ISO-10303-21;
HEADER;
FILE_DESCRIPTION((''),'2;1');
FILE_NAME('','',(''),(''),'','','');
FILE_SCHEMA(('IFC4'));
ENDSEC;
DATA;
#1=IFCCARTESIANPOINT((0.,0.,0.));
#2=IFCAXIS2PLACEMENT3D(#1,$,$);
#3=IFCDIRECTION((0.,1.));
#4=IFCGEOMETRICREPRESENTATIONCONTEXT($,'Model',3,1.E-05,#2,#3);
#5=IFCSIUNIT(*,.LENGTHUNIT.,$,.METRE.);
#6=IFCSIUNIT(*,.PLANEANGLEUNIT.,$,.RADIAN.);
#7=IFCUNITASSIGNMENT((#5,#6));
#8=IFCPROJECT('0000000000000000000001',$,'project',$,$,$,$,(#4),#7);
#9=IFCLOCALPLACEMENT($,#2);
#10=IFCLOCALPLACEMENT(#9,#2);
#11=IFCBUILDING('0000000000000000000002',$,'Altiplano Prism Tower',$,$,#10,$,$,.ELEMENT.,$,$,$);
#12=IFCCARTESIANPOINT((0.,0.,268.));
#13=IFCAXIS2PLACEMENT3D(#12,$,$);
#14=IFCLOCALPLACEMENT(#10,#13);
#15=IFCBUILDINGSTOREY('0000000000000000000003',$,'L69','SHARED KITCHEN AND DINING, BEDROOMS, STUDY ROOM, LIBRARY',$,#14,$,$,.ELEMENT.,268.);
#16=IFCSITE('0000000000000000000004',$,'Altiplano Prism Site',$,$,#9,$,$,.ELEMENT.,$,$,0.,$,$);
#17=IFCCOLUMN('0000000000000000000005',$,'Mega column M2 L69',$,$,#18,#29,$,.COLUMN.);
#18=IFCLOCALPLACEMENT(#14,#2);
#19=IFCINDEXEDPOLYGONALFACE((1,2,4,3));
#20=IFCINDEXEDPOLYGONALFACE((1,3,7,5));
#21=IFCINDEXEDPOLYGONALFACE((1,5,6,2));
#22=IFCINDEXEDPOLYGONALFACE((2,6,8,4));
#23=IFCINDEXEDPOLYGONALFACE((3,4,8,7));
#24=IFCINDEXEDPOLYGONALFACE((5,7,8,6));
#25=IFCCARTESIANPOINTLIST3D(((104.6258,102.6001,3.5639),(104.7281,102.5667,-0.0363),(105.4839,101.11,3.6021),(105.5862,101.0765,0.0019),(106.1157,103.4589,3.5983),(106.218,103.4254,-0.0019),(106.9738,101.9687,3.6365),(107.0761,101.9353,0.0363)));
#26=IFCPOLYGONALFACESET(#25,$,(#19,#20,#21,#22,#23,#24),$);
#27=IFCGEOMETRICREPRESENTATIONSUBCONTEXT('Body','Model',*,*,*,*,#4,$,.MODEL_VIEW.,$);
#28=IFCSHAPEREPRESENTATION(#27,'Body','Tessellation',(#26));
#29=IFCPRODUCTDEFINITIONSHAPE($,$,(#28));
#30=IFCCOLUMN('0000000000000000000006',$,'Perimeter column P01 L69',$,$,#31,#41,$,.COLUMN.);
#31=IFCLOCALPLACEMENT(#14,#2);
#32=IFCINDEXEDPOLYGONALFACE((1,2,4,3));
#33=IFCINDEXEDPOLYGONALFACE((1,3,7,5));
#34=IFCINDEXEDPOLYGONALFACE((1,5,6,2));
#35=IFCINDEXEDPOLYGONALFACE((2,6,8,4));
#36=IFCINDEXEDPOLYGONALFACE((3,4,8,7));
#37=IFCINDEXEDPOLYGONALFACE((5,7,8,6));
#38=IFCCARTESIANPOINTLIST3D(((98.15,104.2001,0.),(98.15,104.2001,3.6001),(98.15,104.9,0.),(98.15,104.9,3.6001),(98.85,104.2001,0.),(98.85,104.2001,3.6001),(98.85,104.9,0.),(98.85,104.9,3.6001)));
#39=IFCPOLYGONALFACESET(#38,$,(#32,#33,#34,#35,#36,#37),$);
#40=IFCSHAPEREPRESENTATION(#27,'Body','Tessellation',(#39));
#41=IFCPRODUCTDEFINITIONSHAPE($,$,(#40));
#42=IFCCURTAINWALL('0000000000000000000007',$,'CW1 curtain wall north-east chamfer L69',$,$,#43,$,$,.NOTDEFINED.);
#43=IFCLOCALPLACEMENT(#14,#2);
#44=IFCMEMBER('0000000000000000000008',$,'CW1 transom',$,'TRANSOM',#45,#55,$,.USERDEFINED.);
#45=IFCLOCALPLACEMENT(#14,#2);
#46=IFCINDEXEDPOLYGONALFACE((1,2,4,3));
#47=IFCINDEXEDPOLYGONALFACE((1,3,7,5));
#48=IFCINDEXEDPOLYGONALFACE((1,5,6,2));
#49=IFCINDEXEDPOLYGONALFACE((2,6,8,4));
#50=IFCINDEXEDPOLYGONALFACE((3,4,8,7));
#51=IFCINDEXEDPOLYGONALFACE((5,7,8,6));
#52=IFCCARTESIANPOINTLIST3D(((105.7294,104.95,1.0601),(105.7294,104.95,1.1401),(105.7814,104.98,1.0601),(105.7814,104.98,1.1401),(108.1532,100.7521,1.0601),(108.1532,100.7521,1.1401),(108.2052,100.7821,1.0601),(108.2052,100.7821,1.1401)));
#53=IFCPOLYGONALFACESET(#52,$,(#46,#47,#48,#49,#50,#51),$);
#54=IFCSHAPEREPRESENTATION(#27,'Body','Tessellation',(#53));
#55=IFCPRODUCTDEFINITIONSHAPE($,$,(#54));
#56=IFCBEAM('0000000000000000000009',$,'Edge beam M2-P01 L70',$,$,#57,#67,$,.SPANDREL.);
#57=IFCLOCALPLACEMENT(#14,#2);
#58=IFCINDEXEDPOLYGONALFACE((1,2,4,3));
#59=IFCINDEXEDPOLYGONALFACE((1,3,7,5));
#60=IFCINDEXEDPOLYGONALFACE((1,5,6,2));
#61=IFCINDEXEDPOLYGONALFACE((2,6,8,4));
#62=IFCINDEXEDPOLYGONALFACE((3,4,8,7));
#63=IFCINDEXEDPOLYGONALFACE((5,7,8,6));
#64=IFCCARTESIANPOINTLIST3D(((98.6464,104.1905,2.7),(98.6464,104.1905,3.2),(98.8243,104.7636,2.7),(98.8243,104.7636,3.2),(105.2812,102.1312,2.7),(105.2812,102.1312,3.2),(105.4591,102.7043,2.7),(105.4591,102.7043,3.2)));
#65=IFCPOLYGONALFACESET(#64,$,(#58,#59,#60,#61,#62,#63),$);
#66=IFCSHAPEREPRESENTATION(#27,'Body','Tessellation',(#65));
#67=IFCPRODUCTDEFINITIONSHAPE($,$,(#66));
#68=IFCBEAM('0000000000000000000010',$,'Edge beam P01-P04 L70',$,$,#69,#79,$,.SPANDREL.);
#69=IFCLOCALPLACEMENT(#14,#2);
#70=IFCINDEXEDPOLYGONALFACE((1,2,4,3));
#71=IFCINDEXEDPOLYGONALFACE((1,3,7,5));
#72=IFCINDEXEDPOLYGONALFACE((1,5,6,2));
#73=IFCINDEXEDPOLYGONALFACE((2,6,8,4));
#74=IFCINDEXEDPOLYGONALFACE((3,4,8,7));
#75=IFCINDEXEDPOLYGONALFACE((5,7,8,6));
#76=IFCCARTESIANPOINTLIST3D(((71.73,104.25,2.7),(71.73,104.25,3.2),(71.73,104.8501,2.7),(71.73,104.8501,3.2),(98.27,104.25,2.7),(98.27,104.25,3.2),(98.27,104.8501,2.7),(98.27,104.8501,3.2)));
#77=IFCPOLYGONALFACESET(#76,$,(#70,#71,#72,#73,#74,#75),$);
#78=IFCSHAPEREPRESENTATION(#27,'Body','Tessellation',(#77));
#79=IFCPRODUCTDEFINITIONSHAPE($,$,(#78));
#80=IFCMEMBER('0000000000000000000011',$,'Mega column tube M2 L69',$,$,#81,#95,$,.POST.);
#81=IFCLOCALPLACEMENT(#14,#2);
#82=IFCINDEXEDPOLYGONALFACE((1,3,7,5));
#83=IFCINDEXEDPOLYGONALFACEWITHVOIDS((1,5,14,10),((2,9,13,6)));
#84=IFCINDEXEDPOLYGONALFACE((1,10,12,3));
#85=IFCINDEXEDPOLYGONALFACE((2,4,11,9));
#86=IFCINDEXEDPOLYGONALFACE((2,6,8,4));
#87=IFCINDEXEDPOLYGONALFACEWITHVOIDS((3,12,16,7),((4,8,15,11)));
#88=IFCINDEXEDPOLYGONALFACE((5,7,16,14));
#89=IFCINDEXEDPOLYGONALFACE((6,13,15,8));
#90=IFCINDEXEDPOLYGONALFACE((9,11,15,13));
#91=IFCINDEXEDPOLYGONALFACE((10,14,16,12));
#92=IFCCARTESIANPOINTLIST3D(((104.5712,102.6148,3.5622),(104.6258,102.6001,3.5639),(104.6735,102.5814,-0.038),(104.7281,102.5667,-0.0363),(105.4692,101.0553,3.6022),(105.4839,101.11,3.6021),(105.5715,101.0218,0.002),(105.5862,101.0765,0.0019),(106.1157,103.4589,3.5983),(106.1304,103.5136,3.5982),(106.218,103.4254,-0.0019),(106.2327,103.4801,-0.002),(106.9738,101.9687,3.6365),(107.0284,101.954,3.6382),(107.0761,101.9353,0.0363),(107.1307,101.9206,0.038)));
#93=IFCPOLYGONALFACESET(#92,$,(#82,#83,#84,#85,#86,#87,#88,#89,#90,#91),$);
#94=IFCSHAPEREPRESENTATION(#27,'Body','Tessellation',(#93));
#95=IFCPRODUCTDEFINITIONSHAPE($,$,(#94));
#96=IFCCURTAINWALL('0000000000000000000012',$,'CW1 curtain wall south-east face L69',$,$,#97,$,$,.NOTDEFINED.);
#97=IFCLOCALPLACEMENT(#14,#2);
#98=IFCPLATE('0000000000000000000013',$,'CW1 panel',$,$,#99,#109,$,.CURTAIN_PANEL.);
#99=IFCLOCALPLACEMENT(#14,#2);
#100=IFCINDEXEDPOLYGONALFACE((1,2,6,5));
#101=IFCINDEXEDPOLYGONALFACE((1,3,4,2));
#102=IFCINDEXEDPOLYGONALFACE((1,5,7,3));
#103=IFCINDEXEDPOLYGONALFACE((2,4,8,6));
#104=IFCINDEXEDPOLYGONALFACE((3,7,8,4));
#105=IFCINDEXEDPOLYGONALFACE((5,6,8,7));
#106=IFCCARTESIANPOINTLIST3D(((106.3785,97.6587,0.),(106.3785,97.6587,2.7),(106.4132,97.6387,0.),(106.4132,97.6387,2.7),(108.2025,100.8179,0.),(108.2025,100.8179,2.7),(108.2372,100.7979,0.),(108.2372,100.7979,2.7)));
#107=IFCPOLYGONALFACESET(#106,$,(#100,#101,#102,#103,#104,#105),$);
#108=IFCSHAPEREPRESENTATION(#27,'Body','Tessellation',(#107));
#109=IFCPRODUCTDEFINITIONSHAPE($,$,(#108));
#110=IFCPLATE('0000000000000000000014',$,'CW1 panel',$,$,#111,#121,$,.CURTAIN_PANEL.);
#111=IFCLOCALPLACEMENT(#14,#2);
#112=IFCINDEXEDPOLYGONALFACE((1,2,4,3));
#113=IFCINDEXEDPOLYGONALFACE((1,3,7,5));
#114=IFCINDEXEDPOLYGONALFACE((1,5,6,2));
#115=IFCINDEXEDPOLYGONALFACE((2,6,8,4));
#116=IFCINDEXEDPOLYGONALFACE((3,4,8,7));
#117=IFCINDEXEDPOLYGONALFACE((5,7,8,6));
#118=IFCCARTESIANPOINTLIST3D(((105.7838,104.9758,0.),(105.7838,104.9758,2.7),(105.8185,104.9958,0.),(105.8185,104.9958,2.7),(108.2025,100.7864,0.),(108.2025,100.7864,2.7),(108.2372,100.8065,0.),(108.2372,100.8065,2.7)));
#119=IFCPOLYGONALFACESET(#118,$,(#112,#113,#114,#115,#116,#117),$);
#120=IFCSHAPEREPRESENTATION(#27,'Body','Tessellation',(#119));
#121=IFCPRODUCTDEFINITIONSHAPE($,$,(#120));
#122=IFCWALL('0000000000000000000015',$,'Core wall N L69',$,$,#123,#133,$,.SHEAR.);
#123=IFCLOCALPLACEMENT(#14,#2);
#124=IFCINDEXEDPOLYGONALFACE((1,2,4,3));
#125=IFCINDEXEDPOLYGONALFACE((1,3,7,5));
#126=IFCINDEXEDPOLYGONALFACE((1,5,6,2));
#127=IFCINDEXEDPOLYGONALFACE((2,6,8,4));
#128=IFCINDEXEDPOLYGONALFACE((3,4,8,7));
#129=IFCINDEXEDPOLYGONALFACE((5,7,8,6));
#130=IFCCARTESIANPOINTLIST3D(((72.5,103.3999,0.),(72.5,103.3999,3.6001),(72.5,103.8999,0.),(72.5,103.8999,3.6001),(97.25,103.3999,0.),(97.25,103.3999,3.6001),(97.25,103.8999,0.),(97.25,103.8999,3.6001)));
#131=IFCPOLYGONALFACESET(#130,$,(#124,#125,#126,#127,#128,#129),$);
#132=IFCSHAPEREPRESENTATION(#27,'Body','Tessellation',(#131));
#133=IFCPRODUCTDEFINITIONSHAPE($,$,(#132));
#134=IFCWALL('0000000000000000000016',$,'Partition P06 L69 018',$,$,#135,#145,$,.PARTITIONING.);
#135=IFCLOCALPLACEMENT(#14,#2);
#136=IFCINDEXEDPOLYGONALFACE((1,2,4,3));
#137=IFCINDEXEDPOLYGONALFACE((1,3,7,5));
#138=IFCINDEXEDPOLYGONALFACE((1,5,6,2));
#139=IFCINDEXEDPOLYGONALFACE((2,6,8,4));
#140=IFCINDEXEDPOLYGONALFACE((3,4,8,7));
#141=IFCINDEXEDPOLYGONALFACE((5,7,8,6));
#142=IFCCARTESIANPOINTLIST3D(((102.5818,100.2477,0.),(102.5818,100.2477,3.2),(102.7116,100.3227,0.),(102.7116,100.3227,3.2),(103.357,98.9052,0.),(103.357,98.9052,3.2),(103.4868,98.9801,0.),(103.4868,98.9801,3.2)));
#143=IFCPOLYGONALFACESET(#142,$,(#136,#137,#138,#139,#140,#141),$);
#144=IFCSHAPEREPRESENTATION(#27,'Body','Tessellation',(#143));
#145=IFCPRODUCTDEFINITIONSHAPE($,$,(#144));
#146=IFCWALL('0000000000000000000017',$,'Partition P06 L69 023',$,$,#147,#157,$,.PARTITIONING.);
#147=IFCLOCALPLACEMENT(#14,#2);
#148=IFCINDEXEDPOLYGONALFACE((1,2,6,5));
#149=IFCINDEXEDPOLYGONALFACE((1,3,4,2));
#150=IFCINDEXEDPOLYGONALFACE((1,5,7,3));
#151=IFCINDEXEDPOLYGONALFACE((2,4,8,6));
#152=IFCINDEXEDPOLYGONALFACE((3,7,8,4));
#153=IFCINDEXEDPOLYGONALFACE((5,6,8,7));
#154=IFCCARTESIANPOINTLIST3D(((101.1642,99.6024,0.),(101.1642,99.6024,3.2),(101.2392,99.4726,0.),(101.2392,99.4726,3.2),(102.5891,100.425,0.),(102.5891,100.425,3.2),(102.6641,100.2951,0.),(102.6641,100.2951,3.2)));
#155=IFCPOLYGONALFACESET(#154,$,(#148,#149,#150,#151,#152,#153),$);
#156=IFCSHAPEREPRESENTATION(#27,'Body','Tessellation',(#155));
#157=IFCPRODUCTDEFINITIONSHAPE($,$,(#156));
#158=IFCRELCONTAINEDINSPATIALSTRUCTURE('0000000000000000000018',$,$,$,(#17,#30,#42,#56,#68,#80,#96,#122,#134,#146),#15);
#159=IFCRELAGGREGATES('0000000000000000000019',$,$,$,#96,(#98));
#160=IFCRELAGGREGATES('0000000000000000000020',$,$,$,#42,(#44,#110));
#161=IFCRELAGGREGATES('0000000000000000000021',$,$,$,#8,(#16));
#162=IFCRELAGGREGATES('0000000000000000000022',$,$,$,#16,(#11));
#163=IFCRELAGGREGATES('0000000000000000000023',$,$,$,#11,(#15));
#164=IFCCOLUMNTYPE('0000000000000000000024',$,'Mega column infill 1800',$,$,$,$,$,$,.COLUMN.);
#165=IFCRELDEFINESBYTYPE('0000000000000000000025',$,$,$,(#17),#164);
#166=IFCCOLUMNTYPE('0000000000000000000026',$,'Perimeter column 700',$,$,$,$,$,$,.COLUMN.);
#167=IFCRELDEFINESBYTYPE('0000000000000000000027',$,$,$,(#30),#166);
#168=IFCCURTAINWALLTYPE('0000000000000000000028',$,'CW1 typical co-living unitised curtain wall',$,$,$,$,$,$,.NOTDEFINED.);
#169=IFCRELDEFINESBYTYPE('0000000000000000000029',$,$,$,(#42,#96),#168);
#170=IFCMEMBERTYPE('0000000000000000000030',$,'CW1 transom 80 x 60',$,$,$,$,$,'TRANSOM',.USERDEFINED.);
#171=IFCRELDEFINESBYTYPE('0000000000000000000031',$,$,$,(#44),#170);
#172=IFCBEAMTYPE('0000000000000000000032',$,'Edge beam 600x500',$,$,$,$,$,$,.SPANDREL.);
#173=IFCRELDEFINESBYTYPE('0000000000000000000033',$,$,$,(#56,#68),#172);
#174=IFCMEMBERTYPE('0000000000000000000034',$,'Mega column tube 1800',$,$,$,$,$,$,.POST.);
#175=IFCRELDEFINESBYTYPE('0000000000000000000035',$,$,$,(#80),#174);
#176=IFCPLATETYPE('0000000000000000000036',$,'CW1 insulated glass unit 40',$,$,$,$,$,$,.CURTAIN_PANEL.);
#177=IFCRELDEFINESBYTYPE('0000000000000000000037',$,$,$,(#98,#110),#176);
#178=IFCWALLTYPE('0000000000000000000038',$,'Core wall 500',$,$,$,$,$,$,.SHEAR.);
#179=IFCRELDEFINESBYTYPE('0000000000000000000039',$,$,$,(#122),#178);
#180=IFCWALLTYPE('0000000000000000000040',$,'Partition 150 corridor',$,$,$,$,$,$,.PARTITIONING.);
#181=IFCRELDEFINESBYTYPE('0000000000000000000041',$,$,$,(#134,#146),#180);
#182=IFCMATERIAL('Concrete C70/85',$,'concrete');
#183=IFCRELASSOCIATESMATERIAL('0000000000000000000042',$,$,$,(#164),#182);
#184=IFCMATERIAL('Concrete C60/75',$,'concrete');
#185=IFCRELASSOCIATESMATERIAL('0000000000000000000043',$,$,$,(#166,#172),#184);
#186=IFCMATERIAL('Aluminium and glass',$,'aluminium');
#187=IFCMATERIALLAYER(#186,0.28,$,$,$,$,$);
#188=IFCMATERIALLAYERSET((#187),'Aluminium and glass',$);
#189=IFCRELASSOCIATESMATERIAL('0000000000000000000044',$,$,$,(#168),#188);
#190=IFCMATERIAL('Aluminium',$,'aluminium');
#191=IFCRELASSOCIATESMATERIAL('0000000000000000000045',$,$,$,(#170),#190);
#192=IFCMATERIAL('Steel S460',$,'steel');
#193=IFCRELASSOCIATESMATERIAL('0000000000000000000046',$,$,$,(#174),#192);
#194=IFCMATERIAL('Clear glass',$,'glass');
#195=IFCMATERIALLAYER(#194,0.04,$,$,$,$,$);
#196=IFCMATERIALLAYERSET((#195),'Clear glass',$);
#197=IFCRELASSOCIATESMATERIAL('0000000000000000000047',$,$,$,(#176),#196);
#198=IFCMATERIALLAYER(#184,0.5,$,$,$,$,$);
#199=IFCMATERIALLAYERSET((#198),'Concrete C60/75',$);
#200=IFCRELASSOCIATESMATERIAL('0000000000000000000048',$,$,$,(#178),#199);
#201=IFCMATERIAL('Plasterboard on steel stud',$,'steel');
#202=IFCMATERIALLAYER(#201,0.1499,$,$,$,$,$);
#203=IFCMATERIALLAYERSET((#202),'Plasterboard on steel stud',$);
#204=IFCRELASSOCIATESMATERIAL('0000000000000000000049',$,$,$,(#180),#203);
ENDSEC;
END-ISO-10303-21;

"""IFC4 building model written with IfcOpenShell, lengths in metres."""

from ifc_helpers import new_model, si_unit, direction, frame, frame_2d, origin, origin_2d, place, context, subcontext, project, spatial, rectangle, hollow_rectangle, extrude, material, layer, layer_set, material_profile, profile_set, type_object, element, aggregate, save


model = new_model("IFC4")

# Units and contexts
model_context = context("Model", 3, precision=1e-05, world=origin(), true_north=direction((0.0, 1.0)))
body_context = subcontext(model_context, "Body", "Model", "MODEL_VIEW")
ifc_project = project(units=[si_unit("LENGTHUNIT", "METRE"), si_unit("PLANEANGLEUNIT", "RADIAN")], contexts=[model_context])

# Site, building, storey
site_placement = place(None, origin())
site = spatial("IfcSite", under=ifc_project, at=site_placement, Name="Altiplano Prism Site", CompositionType="ELEMENT", RefElevation=0.0)
building_placement = place(site_placement, origin())
building = spatial("IfcBuilding", under=site, at=building_placement, Name="Altiplano Prism Tower", CompositionType="ELEMENT")
storey_placement = place(building_placement, frame((0.0, 0.0, 268.0)))
storey = spatial("IfcBuildingStorey", under=building, at=storey_placement, Name="L69", Description="SHARED KITCHEN AND DINING, BEDROOMS, STUDY ROOM, LIBRARY", CompositionType="ELEMENT", Elevation=268.0)

# Columns
ifc_material_1 = material(Name="Concrete C70/85", Category="concrete")
ifc_material_profile_1 = material_profile(ifc_material_1, rectangle(XDim=1.72, YDim=1.72, at=origin_2d()), Name="Mega column infill 1800")
ifc_profile_set_1 = profile_set([ifc_material_profile_1], Name="Concrete C70/85")
column_type_1 = type_object("IfcColumnType", Name="Mega column infill 1800", PredefinedType="COLUMN", material=ifc_profile_set_1)
column_1_placement = place(storey_placement, frame((105.9021, 102.251, 0.0), z_axis=(-0.028402, 0.009287, 0.999553), x_axis=(0.498876, -0.866388, 0.022225)))
element("IfcColumn", 1, at=column_1_placement, inside=storey, type_object=column_type_1, Name="Mega column M2 L69", PredefinedType="COLUMN", context=body_context, shape_type="SweptSolid", body=[
    extrude(rectangle(XDim=1.72, YDim=1.72, at=origin_2d()), origin(), (0.0, 0.0, 1.0), 3.6018),
])
ifc_material_2 = material(Name="Concrete C60/75", Category="concrete")
ifc_material_profile_2 = material_profile(ifc_material_2, rectangle(XDim=0.7, YDim=0.7, at=origin_2d()), Name="Perimeter column 700")
ifc_profile_set_2 = profile_set([ifc_material_profile_2], Name="Concrete C60/75")
column_type_2 = type_object("IfcColumnType", Name="Perimeter column 700", PredefinedType="COLUMN", material=ifc_profile_set_2)
column_2_placement = place(storey_placement, frame((98.5, 104.55, 0.0), z_axis=(0.0, 0.0, 1.0), x_axis=(1.0, 0.0, 0.0)))
element("IfcColumn", 2, at=column_2_placement, inside=storey, type_object=column_type_2, Name="Perimeter column P01 L69", PredefinedType="COLUMN", context=body_context, shape_type="SweptSolid", body=[
    extrude(rectangle(XDim=0.7, YDim=0.7, at=origin_2d()), origin(), (0.0, 0.0, 1.0), 3.6001),
])

# Curtain wall, member
ifc_material_3 = material(Name="Aluminium and glass", Category="aluminium")
ifc_layer_1 = layer(ifc_material_3, 0.28)
ifc_layer_set_1 = layer_set([ifc_layer_1], Name="Aluminium and glass")
curtain_wall_type = type_object("IfcCurtainWallType", Name="CW1 typical co-living unitised curtain wall", PredefinedType="NOTDEFINED", material=ifc_layer_set_1)
curtain_wall_1_placement = place(storey_placement, origin())
curtain_wall_1 = element("IfcCurtainWall", 3, at=curtain_wall_1_placement, inside=storey, type_object=curtain_wall_type, Name="CW1 curtain wall north-east chamfer L69", PredefinedType="NOTDEFINED")
ifc_material_4 = material(Name="Aluminium", Category="aluminium")
ifc_material_profile_3 = material_profile(ifc_material_4, rectangle(XDim=0.0601, YDim=0.0801, at=origin_2d()), Name="CW1 transom 80 x 60")
ifc_profile_set_3 = profile_set([ifc_material_profile_3], Name="Aluminium")
member_type_1 = type_object("IfcMemberType", Name="CW1 transom 80 x 60", ElementType="TRANSOM", PredefinedType="USERDEFINED", material=ifc_profile_set_3)
member_1_placement = place(storey_placement, frame((108.1792, 100.7671, 1.1001), z_axis=(-0.500017, 0.866015, 0.0), x_axis=(-0.866015, -0.500017, 0.0)))
member_1 = element("IfcMember", 4, at=member_1_placement, type_object=member_type_1, Name="CW1 transom", ObjectType="TRANSOM", PredefinedType="USERDEFINED", context=body_context, shape_type="SweptSolid", body=[
    extrude(rectangle(XDim=0.0601, YDim=0.0801, at=origin_2d()), origin(), (0.0, 0.0, 1.0), 4.8474),
])

# Beams
ifc_material_profile_4 = material_profile(ifc_material_2, rectangle(XDim=0.6001, YDim=0.5, at=origin_2d()), Name="Edge beam 600x500")
ifc_profile_set_4 = profile_set([ifc_material_profile_4], Name="Concrete C60/75")
beam_type = type_object("IfcBeamType", Name="Edge beam 600x500", PredefinedType="SPANDREL", material=ifc_profile_set_4)
beam_1_placement = place(storey_placement, frame((105.3701, 102.4177, 2.95), z_axis=(-0.955054, 0.296433, 0.0), x_axis=(-0.296433, -0.955054, 0.0)))
element("IfcBeam", 5, at=beam_1_placement, inside=storey, type_object=beam_type, Name="Edge beam M2-P01 L70", PredefinedType="SPANDREL", context=body_context, shape_type="SweptSolid", body=[
    extrude(rectangle(XDim=0.6001, YDim=0.5, at=origin_2d()), origin(), (0.0, 0.0, 1.0), 6.947),
])
beam_2_placement = place(storey_placement, frame((98.27, 104.55, 2.95), z_axis=(-1.0, 0.0, 0.0), x_axis=(0.0, -1.0, 0.0)))
element("IfcBeam", 6, at=beam_2_placement, inside=storey, type_object=beam_type, Name="Edge beam P01-P04 L70", PredefinedType="SPANDREL", context=body_context, shape_type="SweptSolid", body=[
    extrude(rectangle(XDim=0.6001, YDim=0.5, at=origin_2d()), origin(), (0.0, 0.0, 1.0), 26.54),
])

# Member
ifc_material_5 = material(Name="Steel S460", Category="steel")
ifc_material_profile_5 = material_profile(ifc_material_5, hollow_rectangle(XDim=1.8, YDim=1.8, WallThickness=0.04, at=origin_2d()), Name="Mega column tube 1800")
ifc_profile_set_5 = profile_set([ifc_material_profile_5], Name="Steel S460")
member_type_2 = type_object("IfcMemberType", Name="Mega column tube 1800", PredefinedType="POST", material=ifc_profile_set_5)
member_2_placement = place(storey_placement, frame((105.9021, 102.251, 0.0), z_axis=(-0.028402, 0.009287, 0.999553), x_axis=(0.498876, -0.866388, 0.022225)))
element("IfcMember", 7, at=member_2_placement, inside=storey, type_object=member_type_2, Name="Mega column tube M2 L69", PredefinedType="POST", context=body_context, shape_type="SweptSolid", body=[
    extrude(hollow_rectangle(XDim=1.8, YDim=1.8, WallThickness=0.04, at=origin_2d()), origin(), (0.0, 0.0, 1.0), 3.6018),
])

# Curtain wall, plate
curtain_wall_2_placement = place(storey_placement, origin())
curtain_wall_2 = element("IfcCurtainWall", 8, at=curtain_wall_2_placement, inside=storey, type_object=curtain_wall_type, Name="CW1 curtain wall south-east face L69", PredefinedType="NOTDEFINED")
ifc_material_6 = material(Name="Clear glass", Category="glass")
ifc_layer_2 = layer(ifc_material_6, 0.04)
ifc_layer_set_2 = layer_set([ifc_layer_2], Name="Clear glass")
plate_type = type_object("IfcPlateType", Name="CW1 insulated glass unit 40", PredefinedType="CURTAIN_PANEL", material=ifc_layer_set_2)
plate_1_placement = place(storey_placement, frame((107.3079, 99.2283, 0.0), z_axis=(0.0, 0.0, 1.0), x_axis=(0.5, 0.866025, 0.0)))
plate_1 = element("IfcPlate", 9, at=plate_1_placement, type_object=plate_type, Name="CW1 panel", PredefinedType="CURTAIN_PANEL", context=body_context, shape_type="SweptSolid", body=[
    extrude(rectangle(XDim=3.6479, YDim=0.04, at=origin_2d()), origin(), (0.0, 0.0, 1.0), 2.7),
])
aggregate(curtain_wall_2, [plate_1])

# Plate
plate_2_placement = place(storey_placement, frame((107.0105, 102.8911, 0.0), z_axis=(0.0, 0.0, 1.0), x_axis=(-0.5, 0.866025, 0.0)))
plate_2 = element("IfcPlate", 10, at=plate_2_placement, type_object=plate_type, Name="CW1 panel", PredefinedType="CURTAIN_PANEL", context=body_context, shape_type="SweptSolid", body=[
    extrude(rectangle(XDim=4.8374, YDim=0.04, at=origin_2d()), origin(), (0.0, 0.0, 1.0), 2.7),
])
aggregate(curtain_wall_1, [member_1, plate_2])

# Walls
ifc_layer_3 = layer(ifc_material_2, 0.5)
ifc_layer_set_3 = layer_set([ifc_layer_3], Name="Concrete C60/75")
wall_type_1 = type_object("IfcWallType", Name="Core wall 500", PredefinedType="SHEAR", material=ifc_layer_set_3)
wall_1_placement = place(storey_placement, frame((97.25, 103.6499, 0.0), z_axis=(0.0, 0.0, 1.0), x_axis=(-1.0, 0.0, 0.0)))
element("IfcWall", 11, at=wall_1_placement, inside=storey, type_object=wall_type_1, Name="Core wall N L69", PredefinedType="SHEAR", context=body_context, shape_type="SweptSolid", body=[
    extrude(rectangle(XDim=24.75, YDim=0.5, at=frame_2d((12.375, 0.0))), origin(), (0.0, 0.0, 1.0), 3.6001),
])
ifc_material_7 = material(Name="Plasterboard on steel stud", Category="steel")
ifc_layer_4 = layer(ifc_material_7, 0.1499)
ifc_layer_set_4 = layer_set([ifc_layer_4], Name="Plasterboard on steel stud")
wall_type_2 = type_object("IfcWallType", Name="Partition 150 corridor", PredefinedType="PARTITIONING", material=ifc_layer_set_4)
wall_2_placement = place(storey_placement, frame((103.4219, 98.9426, 0.0), z_axis=(0.0, 0.0, 1.0), x_axis=(-0.500018, 0.866015, 0.0)))
element("IfcWall", 12, at=wall_2_placement, inside=storey, type_object=wall_type_2, Name="Partition P06 L69 018", PredefinedType="PARTITIONING", context=body_context, shape_type="SweptSolid", body=[
    extrude(rectangle(XDim=1.5503, YDim=0.1499, at=frame_2d((0.7751, 0.0))), origin(), (0.0, 0.0, 1.0), 3.2),
])
wall_3_placement = place(storey_placement, frame((102.6267, 100.3601, 0.0), z_axis=(0.0, 0.0, 1.0), x_axis=(-0.866052, -0.499954, 0.0)))
element("IfcWall", 13, at=wall_3_placement, inside=storey, type_object=wall_type_2, Name="Partition P06 L69 023", PredefinedType="PARTITIONING", context=body_context, shape_type="SweptSolid", body=[
    extrude(rectangle(XDim=1.6453, YDim=0.1499, at=frame_2d((0.8228, 0.0))), origin(), (0.0, 0.0, 1.0), 3.2),
])

save(model, "model.ifc")
